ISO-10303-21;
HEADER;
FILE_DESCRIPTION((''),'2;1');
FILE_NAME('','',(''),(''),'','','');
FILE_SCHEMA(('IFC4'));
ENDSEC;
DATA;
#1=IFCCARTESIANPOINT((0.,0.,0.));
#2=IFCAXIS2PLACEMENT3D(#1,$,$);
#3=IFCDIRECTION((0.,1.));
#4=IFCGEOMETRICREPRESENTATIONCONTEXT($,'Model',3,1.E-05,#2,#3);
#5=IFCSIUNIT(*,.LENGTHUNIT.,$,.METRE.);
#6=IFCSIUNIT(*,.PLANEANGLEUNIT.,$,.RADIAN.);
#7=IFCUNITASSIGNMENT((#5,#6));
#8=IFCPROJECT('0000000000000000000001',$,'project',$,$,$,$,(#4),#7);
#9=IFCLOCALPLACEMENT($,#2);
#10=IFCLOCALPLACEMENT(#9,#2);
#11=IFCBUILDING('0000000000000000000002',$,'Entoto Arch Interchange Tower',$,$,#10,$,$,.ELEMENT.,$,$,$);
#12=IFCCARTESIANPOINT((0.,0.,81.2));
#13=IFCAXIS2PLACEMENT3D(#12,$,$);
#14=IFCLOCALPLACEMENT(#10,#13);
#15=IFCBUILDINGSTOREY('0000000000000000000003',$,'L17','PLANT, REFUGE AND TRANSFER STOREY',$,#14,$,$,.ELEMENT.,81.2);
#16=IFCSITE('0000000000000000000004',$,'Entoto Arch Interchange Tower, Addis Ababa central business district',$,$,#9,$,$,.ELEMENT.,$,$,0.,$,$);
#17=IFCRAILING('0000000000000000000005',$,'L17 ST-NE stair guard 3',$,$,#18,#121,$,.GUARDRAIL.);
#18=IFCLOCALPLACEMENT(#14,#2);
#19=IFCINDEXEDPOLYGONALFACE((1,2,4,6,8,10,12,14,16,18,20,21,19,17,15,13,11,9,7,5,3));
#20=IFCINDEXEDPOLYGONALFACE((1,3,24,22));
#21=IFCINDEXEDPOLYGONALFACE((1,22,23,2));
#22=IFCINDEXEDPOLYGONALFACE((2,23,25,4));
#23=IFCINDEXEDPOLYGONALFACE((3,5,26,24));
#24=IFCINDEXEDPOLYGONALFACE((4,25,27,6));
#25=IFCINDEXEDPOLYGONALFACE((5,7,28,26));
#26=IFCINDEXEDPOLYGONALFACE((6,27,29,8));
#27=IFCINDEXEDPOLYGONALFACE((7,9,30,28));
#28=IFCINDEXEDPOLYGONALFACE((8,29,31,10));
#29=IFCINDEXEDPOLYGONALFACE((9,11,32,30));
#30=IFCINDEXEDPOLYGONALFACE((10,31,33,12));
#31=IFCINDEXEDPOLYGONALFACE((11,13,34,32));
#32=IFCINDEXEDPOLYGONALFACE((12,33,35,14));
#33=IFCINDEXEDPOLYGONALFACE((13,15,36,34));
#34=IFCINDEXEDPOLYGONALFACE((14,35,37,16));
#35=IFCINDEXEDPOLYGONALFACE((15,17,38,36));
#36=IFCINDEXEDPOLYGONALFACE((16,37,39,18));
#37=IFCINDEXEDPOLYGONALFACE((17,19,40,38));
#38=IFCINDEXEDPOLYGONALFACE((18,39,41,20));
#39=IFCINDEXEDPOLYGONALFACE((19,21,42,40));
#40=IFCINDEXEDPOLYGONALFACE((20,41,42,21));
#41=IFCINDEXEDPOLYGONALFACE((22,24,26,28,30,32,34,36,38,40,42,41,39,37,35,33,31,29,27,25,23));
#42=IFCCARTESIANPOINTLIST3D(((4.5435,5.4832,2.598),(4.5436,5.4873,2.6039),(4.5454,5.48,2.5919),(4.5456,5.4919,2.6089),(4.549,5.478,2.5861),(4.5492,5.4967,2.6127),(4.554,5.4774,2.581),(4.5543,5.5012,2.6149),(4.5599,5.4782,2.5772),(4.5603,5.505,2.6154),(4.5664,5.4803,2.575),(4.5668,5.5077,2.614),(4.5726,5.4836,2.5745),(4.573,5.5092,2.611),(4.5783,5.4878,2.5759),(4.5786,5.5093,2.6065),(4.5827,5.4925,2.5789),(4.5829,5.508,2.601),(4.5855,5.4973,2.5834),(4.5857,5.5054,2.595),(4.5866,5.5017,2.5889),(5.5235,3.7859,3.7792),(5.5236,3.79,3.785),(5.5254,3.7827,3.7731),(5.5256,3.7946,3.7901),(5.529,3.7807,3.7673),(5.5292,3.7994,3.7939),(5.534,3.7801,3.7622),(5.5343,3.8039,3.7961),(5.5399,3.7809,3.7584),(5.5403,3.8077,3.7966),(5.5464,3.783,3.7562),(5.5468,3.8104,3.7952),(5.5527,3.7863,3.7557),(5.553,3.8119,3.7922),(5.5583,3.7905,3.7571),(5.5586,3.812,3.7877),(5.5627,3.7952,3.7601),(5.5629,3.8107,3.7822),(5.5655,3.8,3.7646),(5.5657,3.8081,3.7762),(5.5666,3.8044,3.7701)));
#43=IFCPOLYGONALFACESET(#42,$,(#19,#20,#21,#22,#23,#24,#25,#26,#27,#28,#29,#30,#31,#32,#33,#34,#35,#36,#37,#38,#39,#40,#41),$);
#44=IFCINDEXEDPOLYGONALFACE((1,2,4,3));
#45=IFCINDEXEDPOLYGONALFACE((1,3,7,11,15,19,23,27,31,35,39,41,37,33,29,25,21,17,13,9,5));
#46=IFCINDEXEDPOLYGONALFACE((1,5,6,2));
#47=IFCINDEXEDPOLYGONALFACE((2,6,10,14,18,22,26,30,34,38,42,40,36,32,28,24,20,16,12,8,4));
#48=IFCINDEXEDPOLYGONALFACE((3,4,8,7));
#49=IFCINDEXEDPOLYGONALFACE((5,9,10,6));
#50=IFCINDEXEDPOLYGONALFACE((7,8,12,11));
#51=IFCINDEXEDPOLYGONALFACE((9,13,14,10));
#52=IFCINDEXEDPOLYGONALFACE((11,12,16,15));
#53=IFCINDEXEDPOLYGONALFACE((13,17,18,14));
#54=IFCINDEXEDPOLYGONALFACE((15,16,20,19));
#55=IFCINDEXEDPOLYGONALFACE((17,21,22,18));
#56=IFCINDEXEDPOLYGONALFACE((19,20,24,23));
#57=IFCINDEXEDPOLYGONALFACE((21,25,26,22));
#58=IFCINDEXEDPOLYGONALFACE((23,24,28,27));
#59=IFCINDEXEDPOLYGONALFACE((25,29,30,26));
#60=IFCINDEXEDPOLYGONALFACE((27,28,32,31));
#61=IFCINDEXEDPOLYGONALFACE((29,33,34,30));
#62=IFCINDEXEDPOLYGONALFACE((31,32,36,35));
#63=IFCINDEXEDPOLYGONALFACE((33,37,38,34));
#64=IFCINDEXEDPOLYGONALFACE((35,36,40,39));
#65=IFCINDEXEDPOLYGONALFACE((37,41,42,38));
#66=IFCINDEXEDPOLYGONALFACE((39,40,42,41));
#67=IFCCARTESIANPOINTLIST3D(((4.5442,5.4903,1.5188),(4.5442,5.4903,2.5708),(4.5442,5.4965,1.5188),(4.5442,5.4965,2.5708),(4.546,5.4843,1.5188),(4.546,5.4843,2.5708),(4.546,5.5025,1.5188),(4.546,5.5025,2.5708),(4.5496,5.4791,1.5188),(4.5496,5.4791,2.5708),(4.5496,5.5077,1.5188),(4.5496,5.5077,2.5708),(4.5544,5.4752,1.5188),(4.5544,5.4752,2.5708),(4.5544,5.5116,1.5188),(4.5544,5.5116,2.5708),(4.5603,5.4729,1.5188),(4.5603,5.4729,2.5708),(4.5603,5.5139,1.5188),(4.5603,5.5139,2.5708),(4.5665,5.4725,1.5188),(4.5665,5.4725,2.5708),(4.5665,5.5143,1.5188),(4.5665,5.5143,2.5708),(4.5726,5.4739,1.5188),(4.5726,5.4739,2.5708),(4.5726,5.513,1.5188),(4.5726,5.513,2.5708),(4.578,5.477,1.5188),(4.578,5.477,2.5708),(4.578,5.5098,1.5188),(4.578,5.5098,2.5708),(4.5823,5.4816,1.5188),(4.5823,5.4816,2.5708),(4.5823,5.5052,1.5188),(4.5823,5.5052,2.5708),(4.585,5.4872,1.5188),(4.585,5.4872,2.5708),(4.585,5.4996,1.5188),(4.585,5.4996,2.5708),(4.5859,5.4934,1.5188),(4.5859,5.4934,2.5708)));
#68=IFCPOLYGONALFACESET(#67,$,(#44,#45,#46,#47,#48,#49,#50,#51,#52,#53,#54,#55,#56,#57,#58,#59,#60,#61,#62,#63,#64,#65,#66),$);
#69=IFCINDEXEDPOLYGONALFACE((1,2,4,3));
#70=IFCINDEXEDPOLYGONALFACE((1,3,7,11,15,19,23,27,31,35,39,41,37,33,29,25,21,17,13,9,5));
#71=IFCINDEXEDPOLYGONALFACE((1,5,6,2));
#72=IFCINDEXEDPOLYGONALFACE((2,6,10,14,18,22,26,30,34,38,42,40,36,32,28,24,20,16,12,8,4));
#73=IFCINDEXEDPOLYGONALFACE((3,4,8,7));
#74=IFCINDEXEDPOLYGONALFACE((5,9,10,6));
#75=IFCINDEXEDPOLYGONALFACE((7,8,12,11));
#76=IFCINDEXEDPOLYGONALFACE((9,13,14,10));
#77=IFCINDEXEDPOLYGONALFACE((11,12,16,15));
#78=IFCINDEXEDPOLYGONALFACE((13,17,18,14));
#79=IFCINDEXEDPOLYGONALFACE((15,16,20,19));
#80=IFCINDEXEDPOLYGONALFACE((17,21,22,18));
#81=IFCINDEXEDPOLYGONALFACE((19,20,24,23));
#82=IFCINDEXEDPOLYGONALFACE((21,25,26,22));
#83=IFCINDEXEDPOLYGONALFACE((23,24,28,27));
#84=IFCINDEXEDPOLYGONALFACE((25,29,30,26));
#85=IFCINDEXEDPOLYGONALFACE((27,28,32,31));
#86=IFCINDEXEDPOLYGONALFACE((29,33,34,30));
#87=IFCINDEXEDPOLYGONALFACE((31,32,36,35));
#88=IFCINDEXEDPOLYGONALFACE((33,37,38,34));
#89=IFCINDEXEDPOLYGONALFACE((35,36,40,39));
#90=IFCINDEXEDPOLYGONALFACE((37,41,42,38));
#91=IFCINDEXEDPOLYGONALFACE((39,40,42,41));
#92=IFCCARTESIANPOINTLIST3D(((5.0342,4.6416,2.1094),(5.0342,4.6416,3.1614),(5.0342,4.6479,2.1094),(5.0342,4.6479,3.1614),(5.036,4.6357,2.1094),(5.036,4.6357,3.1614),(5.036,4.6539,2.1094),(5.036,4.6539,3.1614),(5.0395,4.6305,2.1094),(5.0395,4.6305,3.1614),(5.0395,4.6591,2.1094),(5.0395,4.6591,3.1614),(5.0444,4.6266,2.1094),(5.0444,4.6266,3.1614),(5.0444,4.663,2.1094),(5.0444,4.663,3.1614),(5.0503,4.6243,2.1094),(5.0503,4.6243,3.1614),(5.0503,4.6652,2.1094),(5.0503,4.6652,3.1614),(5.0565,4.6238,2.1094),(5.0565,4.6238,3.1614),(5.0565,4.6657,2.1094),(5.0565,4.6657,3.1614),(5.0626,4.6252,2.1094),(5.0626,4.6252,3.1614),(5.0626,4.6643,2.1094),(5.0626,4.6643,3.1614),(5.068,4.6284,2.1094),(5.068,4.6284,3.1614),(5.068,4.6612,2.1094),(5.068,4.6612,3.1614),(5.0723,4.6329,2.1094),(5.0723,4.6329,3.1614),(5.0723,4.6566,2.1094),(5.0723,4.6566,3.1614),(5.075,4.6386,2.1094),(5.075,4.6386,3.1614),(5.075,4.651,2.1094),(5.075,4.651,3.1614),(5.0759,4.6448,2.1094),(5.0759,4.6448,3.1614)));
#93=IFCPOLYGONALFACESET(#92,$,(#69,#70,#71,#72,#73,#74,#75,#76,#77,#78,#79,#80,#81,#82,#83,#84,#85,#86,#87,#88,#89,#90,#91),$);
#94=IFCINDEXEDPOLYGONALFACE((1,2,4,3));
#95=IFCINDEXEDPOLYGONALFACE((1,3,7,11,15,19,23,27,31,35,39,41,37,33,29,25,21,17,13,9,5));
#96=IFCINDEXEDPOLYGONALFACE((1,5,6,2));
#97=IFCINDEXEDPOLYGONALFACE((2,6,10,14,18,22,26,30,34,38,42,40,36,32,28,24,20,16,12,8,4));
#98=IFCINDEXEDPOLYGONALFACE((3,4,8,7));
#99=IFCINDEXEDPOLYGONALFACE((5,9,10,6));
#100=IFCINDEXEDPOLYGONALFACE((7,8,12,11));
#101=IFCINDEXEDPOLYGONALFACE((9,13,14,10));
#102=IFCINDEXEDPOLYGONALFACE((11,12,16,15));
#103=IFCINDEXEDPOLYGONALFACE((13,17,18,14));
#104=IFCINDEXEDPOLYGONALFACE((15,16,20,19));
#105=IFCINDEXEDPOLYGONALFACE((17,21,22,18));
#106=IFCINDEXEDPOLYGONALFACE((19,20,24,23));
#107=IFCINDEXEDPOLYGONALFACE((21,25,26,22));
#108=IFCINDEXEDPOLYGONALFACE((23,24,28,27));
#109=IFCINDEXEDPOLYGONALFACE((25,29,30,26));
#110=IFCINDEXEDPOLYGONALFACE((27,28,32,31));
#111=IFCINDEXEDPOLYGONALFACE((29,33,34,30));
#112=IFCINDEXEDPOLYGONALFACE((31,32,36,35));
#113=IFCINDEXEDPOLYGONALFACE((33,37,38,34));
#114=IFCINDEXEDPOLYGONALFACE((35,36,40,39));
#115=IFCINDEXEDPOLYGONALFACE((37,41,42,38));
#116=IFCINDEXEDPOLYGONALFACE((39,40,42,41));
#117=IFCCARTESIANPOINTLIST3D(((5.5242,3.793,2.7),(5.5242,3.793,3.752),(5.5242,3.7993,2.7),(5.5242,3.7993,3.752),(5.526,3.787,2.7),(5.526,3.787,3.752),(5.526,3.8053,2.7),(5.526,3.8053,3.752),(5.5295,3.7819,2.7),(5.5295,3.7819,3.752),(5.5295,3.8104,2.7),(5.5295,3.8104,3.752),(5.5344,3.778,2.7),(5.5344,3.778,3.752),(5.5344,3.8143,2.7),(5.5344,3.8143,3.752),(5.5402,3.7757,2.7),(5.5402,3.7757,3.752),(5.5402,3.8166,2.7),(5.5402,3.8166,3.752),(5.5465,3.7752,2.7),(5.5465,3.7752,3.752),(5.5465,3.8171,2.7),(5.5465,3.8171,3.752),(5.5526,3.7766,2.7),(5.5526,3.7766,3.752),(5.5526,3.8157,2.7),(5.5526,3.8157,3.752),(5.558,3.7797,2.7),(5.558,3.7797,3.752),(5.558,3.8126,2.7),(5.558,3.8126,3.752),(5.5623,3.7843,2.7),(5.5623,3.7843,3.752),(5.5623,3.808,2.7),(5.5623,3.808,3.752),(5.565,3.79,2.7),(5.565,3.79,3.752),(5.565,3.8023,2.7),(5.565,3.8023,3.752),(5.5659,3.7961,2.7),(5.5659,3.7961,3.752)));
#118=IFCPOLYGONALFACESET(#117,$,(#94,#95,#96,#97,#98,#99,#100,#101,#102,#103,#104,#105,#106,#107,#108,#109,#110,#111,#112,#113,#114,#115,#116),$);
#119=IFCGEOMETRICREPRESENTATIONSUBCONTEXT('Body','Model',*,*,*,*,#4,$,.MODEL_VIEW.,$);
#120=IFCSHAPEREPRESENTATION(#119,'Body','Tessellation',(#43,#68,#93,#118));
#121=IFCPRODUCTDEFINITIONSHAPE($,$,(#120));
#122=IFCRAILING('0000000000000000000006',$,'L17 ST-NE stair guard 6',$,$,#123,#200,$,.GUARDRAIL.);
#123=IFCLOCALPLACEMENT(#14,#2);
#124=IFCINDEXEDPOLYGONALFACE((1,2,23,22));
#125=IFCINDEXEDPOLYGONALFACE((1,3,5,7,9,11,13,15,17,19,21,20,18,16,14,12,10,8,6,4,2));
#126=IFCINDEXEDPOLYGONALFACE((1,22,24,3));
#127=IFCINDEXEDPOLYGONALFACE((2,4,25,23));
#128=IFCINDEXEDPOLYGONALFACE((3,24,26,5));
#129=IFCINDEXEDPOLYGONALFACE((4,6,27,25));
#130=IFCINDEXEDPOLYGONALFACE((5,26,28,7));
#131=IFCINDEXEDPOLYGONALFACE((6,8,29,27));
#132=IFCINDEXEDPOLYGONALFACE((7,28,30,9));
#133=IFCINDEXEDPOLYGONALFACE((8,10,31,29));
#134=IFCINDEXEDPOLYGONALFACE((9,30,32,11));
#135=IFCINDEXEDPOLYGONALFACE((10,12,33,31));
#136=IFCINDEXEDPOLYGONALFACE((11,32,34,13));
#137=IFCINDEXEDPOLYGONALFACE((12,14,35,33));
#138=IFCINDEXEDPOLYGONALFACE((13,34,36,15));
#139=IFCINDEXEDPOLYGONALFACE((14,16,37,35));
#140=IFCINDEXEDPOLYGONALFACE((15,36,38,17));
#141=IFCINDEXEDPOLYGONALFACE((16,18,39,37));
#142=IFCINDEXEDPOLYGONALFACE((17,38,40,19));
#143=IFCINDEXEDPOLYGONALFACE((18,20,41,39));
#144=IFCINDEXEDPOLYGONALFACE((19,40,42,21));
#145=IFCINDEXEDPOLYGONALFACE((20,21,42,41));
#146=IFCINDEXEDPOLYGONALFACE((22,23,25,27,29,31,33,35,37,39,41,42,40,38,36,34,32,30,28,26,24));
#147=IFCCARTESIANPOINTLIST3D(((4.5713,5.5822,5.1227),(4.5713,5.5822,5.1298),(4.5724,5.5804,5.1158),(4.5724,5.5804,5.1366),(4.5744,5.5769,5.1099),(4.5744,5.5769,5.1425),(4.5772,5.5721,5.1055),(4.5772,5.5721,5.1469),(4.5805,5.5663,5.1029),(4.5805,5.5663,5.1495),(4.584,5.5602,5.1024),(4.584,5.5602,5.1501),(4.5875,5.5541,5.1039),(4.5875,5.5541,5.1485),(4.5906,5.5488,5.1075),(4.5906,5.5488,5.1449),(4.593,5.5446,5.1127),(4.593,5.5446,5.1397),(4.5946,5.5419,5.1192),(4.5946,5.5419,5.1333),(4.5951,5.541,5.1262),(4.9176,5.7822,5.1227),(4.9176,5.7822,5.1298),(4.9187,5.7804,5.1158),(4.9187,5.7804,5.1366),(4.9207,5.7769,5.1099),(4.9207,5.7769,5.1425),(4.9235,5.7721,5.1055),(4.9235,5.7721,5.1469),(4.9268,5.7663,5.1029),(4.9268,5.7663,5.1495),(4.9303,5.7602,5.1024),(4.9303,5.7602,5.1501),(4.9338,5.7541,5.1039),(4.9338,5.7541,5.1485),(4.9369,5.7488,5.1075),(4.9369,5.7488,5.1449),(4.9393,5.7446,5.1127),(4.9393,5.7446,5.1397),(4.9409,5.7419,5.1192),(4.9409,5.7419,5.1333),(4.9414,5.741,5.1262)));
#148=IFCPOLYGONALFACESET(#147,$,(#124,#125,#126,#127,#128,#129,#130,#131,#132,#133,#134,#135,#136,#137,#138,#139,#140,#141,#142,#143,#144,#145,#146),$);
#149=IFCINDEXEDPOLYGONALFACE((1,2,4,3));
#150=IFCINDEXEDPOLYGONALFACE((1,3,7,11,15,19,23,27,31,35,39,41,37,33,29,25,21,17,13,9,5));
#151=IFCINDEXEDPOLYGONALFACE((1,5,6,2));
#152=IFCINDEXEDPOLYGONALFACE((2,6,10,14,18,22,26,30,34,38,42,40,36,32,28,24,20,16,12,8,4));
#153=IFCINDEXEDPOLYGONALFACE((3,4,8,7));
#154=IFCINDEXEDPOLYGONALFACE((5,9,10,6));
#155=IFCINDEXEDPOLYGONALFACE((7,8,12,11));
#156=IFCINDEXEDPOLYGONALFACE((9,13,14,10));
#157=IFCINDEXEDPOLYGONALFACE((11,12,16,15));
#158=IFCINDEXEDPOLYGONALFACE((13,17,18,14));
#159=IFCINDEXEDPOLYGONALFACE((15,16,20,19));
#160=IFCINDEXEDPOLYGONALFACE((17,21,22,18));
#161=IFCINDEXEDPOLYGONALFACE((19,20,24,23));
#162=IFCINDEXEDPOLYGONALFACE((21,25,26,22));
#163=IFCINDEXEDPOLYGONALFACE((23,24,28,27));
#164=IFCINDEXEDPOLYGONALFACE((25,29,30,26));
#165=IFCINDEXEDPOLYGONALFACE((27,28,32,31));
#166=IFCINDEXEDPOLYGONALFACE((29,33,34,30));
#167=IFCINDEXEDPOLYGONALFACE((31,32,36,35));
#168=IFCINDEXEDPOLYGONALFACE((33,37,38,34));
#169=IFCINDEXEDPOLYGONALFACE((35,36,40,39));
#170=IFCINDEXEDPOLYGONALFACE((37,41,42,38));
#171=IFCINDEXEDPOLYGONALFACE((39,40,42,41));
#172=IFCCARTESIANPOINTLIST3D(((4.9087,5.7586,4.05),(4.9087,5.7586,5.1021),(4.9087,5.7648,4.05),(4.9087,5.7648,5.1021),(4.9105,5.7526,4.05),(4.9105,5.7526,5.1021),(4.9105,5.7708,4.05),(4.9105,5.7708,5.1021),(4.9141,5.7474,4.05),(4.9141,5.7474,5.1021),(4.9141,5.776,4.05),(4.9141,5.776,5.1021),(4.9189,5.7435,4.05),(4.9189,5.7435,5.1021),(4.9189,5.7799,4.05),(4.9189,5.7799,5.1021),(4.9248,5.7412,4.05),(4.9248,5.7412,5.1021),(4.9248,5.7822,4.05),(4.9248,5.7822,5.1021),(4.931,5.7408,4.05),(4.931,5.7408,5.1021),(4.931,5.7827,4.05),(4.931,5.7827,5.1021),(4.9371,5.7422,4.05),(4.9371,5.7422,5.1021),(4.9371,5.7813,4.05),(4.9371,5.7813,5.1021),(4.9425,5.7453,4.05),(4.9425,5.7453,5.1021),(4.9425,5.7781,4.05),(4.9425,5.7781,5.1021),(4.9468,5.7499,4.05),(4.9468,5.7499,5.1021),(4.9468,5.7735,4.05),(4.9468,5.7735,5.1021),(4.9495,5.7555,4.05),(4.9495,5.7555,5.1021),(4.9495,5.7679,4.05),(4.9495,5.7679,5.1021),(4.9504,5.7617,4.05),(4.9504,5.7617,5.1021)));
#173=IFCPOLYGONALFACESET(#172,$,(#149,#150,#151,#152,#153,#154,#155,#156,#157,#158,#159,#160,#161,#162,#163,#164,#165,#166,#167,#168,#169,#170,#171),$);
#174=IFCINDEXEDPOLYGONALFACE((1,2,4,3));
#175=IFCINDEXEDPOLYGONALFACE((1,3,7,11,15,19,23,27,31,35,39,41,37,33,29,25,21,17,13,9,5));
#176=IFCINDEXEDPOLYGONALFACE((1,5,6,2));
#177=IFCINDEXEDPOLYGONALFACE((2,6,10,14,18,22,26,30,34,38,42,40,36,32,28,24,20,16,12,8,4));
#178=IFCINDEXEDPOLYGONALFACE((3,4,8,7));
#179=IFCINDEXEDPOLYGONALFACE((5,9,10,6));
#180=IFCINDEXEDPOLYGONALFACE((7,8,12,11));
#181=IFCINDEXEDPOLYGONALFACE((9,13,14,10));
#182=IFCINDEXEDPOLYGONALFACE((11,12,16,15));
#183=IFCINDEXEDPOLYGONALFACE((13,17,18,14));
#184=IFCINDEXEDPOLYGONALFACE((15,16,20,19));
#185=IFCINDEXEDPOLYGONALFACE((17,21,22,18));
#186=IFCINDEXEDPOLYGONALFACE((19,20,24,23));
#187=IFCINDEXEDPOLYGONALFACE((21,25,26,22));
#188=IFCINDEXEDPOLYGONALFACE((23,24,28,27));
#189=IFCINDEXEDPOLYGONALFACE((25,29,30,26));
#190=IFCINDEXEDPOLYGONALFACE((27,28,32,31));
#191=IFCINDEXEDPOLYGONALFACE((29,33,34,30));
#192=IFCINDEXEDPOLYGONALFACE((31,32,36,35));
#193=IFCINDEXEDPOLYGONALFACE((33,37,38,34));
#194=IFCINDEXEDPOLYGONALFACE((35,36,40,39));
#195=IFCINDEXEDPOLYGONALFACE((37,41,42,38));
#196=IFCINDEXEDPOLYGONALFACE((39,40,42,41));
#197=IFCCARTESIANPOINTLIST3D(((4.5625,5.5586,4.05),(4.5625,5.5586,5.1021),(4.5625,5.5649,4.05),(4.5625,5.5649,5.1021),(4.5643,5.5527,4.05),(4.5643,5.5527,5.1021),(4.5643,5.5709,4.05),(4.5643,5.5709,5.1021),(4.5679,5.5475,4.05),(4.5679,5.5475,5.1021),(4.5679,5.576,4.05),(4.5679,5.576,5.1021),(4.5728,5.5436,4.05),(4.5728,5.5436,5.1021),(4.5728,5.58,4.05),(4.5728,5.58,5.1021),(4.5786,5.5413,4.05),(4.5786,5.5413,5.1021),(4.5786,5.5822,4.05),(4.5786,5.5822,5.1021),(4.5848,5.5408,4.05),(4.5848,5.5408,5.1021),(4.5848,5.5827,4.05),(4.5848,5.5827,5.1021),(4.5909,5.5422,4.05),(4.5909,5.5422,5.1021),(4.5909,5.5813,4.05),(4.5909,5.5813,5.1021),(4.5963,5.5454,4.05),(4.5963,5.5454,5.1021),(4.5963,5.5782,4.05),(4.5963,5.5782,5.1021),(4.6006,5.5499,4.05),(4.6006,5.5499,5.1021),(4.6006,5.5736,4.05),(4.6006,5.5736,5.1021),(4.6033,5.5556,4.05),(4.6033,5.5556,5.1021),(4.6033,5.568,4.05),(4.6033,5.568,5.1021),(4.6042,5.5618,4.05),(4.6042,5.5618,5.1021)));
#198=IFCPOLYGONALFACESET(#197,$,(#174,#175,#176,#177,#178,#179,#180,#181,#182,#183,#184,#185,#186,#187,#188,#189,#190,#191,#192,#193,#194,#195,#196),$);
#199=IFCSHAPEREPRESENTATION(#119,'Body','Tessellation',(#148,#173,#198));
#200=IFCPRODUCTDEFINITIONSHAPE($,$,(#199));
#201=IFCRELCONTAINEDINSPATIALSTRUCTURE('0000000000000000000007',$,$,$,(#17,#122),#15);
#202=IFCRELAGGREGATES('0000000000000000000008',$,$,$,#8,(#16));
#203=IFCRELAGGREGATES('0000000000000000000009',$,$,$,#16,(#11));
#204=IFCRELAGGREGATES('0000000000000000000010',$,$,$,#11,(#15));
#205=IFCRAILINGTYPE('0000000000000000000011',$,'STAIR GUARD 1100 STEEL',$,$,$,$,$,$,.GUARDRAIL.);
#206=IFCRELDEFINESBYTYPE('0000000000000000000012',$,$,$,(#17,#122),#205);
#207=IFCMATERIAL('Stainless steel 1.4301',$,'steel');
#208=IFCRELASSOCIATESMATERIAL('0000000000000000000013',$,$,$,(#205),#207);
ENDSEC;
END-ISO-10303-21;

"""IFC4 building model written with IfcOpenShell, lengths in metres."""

from ifc_helpers import new_model, si_unit, direction, frame, origin, origin_2d, place, context, subcontext, project, spatial, circle, extrude, material, type_object, element, save


model = new_model("IFC4")

# Units and contexts
model_context = context("Model", 3, precision=1e-05, world=origin(), true_north=direction((0.0, 1.0)))
body_context = subcontext(model_context, "Body", "Model", "MODEL_VIEW")
ifc_project = project(units=[si_unit("LENGTHUNIT", "METRE"), si_unit("PLANEANGLEUNIT", "RADIAN")], contexts=[model_context])

# Site, building, storey
site_placement = place(None, origin())
site = spatial("IfcSite", under=ifc_project, at=site_placement, Name="Entoto Arch Interchange Tower, Addis Ababa central business district", CompositionType="ELEMENT", RefElevation=0.0)
building_placement = place(site_placement, origin())
building = spatial("IfcBuilding", under=site, at=building_placement, Name="Entoto Arch Interchange Tower", CompositionType="ELEMENT")
storey_placement = place(building_placement, frame((0.0, 0.0, 81.2)))
storey = spatial("IfcBuildingStorey", under=building, at=storey_placement, Name="L17", Description="PLANT, REFUGE AND TRANSFER STOREY", CompositionType="ELEMENT", Elevation=81.2)

# Railings
ifc_material_1 = material(Name="Stainless steel 1.4301", Category="steel")
railing_type_1 = type_object("IfcRailingType", Name="STAIR GUARD 1100 STEEL", PredefinedType="GUARDRAIL", material=ifc_material_1)
railing_1_placement = place(storey_placement, frame((4.5649, 5.4934, 1.5188)))
element("IfcRailing", 1, at=railing_1_placement, inside=storey, type_object=railing_type_1, Name="L17 ST-NE stair guard 3", PredefinedType="GUARDRAIL", context=body_context, shape_type="SweptSolid", body=[
    extrude(circle(Radius=0.0239, at=origin_2d()), frame((0.0, 0.0, 1.0762), z_axis=(0.428262, -0.741723, 0.516176), x_axis=(0.866011, 0.500024, 0.0)), (0.0, 0.0, 1.0), 2.2883),
    extrude(circle(Radius=0.021, at=origin_2d()), origin(), (0.0, 0.0, 1.0), 1.052),
    extrude(circle(Radius=0.021, at=origin_2d()), frame((0.49, -0.8486, 0.5906)), (0.0, 0.0, 1.0), 1.052),
    extrude(circle(Radius=0.021, at=origin_2d()), frame((0.98, -1.6973, 1.1812)), (0.0, 0.0, 1.0), 1.052),
])
railing_2_placement = place(storey_placement, frame((4.9294, 5.7617, 4.05)))
element("IfcRailing", 2, at=railing_2_placement, inside=storey, type_object=railing_type_1, Name="L17 ST-NE stair guard 6", PredefinedType="GUARDRAIL", context=body_context, shape_type="SweptSolid", body=[
    extrude(circle(Radius=0.0239, at=origin_2d()), frame((0.0, 0.0, 1.0762), z_axis=(-0.865941, -0.500145, 0.0), x_axis=(0.500145, -0.865941, 0.0)), (0.0, 0.0, 1.0), 0.3999),
    extrude(circle(Radius=0.021, at=origin_2d()), origin(), (0.0, 0.0, 1.0), 1.052),
    extrude(circle(Radius=0.021, at=origin_2d()), frame((-0.3462, -0.2, 0.0)), (0.0, 0.0, 1.0), 1.052),
])

save(model, "model.ifc")
